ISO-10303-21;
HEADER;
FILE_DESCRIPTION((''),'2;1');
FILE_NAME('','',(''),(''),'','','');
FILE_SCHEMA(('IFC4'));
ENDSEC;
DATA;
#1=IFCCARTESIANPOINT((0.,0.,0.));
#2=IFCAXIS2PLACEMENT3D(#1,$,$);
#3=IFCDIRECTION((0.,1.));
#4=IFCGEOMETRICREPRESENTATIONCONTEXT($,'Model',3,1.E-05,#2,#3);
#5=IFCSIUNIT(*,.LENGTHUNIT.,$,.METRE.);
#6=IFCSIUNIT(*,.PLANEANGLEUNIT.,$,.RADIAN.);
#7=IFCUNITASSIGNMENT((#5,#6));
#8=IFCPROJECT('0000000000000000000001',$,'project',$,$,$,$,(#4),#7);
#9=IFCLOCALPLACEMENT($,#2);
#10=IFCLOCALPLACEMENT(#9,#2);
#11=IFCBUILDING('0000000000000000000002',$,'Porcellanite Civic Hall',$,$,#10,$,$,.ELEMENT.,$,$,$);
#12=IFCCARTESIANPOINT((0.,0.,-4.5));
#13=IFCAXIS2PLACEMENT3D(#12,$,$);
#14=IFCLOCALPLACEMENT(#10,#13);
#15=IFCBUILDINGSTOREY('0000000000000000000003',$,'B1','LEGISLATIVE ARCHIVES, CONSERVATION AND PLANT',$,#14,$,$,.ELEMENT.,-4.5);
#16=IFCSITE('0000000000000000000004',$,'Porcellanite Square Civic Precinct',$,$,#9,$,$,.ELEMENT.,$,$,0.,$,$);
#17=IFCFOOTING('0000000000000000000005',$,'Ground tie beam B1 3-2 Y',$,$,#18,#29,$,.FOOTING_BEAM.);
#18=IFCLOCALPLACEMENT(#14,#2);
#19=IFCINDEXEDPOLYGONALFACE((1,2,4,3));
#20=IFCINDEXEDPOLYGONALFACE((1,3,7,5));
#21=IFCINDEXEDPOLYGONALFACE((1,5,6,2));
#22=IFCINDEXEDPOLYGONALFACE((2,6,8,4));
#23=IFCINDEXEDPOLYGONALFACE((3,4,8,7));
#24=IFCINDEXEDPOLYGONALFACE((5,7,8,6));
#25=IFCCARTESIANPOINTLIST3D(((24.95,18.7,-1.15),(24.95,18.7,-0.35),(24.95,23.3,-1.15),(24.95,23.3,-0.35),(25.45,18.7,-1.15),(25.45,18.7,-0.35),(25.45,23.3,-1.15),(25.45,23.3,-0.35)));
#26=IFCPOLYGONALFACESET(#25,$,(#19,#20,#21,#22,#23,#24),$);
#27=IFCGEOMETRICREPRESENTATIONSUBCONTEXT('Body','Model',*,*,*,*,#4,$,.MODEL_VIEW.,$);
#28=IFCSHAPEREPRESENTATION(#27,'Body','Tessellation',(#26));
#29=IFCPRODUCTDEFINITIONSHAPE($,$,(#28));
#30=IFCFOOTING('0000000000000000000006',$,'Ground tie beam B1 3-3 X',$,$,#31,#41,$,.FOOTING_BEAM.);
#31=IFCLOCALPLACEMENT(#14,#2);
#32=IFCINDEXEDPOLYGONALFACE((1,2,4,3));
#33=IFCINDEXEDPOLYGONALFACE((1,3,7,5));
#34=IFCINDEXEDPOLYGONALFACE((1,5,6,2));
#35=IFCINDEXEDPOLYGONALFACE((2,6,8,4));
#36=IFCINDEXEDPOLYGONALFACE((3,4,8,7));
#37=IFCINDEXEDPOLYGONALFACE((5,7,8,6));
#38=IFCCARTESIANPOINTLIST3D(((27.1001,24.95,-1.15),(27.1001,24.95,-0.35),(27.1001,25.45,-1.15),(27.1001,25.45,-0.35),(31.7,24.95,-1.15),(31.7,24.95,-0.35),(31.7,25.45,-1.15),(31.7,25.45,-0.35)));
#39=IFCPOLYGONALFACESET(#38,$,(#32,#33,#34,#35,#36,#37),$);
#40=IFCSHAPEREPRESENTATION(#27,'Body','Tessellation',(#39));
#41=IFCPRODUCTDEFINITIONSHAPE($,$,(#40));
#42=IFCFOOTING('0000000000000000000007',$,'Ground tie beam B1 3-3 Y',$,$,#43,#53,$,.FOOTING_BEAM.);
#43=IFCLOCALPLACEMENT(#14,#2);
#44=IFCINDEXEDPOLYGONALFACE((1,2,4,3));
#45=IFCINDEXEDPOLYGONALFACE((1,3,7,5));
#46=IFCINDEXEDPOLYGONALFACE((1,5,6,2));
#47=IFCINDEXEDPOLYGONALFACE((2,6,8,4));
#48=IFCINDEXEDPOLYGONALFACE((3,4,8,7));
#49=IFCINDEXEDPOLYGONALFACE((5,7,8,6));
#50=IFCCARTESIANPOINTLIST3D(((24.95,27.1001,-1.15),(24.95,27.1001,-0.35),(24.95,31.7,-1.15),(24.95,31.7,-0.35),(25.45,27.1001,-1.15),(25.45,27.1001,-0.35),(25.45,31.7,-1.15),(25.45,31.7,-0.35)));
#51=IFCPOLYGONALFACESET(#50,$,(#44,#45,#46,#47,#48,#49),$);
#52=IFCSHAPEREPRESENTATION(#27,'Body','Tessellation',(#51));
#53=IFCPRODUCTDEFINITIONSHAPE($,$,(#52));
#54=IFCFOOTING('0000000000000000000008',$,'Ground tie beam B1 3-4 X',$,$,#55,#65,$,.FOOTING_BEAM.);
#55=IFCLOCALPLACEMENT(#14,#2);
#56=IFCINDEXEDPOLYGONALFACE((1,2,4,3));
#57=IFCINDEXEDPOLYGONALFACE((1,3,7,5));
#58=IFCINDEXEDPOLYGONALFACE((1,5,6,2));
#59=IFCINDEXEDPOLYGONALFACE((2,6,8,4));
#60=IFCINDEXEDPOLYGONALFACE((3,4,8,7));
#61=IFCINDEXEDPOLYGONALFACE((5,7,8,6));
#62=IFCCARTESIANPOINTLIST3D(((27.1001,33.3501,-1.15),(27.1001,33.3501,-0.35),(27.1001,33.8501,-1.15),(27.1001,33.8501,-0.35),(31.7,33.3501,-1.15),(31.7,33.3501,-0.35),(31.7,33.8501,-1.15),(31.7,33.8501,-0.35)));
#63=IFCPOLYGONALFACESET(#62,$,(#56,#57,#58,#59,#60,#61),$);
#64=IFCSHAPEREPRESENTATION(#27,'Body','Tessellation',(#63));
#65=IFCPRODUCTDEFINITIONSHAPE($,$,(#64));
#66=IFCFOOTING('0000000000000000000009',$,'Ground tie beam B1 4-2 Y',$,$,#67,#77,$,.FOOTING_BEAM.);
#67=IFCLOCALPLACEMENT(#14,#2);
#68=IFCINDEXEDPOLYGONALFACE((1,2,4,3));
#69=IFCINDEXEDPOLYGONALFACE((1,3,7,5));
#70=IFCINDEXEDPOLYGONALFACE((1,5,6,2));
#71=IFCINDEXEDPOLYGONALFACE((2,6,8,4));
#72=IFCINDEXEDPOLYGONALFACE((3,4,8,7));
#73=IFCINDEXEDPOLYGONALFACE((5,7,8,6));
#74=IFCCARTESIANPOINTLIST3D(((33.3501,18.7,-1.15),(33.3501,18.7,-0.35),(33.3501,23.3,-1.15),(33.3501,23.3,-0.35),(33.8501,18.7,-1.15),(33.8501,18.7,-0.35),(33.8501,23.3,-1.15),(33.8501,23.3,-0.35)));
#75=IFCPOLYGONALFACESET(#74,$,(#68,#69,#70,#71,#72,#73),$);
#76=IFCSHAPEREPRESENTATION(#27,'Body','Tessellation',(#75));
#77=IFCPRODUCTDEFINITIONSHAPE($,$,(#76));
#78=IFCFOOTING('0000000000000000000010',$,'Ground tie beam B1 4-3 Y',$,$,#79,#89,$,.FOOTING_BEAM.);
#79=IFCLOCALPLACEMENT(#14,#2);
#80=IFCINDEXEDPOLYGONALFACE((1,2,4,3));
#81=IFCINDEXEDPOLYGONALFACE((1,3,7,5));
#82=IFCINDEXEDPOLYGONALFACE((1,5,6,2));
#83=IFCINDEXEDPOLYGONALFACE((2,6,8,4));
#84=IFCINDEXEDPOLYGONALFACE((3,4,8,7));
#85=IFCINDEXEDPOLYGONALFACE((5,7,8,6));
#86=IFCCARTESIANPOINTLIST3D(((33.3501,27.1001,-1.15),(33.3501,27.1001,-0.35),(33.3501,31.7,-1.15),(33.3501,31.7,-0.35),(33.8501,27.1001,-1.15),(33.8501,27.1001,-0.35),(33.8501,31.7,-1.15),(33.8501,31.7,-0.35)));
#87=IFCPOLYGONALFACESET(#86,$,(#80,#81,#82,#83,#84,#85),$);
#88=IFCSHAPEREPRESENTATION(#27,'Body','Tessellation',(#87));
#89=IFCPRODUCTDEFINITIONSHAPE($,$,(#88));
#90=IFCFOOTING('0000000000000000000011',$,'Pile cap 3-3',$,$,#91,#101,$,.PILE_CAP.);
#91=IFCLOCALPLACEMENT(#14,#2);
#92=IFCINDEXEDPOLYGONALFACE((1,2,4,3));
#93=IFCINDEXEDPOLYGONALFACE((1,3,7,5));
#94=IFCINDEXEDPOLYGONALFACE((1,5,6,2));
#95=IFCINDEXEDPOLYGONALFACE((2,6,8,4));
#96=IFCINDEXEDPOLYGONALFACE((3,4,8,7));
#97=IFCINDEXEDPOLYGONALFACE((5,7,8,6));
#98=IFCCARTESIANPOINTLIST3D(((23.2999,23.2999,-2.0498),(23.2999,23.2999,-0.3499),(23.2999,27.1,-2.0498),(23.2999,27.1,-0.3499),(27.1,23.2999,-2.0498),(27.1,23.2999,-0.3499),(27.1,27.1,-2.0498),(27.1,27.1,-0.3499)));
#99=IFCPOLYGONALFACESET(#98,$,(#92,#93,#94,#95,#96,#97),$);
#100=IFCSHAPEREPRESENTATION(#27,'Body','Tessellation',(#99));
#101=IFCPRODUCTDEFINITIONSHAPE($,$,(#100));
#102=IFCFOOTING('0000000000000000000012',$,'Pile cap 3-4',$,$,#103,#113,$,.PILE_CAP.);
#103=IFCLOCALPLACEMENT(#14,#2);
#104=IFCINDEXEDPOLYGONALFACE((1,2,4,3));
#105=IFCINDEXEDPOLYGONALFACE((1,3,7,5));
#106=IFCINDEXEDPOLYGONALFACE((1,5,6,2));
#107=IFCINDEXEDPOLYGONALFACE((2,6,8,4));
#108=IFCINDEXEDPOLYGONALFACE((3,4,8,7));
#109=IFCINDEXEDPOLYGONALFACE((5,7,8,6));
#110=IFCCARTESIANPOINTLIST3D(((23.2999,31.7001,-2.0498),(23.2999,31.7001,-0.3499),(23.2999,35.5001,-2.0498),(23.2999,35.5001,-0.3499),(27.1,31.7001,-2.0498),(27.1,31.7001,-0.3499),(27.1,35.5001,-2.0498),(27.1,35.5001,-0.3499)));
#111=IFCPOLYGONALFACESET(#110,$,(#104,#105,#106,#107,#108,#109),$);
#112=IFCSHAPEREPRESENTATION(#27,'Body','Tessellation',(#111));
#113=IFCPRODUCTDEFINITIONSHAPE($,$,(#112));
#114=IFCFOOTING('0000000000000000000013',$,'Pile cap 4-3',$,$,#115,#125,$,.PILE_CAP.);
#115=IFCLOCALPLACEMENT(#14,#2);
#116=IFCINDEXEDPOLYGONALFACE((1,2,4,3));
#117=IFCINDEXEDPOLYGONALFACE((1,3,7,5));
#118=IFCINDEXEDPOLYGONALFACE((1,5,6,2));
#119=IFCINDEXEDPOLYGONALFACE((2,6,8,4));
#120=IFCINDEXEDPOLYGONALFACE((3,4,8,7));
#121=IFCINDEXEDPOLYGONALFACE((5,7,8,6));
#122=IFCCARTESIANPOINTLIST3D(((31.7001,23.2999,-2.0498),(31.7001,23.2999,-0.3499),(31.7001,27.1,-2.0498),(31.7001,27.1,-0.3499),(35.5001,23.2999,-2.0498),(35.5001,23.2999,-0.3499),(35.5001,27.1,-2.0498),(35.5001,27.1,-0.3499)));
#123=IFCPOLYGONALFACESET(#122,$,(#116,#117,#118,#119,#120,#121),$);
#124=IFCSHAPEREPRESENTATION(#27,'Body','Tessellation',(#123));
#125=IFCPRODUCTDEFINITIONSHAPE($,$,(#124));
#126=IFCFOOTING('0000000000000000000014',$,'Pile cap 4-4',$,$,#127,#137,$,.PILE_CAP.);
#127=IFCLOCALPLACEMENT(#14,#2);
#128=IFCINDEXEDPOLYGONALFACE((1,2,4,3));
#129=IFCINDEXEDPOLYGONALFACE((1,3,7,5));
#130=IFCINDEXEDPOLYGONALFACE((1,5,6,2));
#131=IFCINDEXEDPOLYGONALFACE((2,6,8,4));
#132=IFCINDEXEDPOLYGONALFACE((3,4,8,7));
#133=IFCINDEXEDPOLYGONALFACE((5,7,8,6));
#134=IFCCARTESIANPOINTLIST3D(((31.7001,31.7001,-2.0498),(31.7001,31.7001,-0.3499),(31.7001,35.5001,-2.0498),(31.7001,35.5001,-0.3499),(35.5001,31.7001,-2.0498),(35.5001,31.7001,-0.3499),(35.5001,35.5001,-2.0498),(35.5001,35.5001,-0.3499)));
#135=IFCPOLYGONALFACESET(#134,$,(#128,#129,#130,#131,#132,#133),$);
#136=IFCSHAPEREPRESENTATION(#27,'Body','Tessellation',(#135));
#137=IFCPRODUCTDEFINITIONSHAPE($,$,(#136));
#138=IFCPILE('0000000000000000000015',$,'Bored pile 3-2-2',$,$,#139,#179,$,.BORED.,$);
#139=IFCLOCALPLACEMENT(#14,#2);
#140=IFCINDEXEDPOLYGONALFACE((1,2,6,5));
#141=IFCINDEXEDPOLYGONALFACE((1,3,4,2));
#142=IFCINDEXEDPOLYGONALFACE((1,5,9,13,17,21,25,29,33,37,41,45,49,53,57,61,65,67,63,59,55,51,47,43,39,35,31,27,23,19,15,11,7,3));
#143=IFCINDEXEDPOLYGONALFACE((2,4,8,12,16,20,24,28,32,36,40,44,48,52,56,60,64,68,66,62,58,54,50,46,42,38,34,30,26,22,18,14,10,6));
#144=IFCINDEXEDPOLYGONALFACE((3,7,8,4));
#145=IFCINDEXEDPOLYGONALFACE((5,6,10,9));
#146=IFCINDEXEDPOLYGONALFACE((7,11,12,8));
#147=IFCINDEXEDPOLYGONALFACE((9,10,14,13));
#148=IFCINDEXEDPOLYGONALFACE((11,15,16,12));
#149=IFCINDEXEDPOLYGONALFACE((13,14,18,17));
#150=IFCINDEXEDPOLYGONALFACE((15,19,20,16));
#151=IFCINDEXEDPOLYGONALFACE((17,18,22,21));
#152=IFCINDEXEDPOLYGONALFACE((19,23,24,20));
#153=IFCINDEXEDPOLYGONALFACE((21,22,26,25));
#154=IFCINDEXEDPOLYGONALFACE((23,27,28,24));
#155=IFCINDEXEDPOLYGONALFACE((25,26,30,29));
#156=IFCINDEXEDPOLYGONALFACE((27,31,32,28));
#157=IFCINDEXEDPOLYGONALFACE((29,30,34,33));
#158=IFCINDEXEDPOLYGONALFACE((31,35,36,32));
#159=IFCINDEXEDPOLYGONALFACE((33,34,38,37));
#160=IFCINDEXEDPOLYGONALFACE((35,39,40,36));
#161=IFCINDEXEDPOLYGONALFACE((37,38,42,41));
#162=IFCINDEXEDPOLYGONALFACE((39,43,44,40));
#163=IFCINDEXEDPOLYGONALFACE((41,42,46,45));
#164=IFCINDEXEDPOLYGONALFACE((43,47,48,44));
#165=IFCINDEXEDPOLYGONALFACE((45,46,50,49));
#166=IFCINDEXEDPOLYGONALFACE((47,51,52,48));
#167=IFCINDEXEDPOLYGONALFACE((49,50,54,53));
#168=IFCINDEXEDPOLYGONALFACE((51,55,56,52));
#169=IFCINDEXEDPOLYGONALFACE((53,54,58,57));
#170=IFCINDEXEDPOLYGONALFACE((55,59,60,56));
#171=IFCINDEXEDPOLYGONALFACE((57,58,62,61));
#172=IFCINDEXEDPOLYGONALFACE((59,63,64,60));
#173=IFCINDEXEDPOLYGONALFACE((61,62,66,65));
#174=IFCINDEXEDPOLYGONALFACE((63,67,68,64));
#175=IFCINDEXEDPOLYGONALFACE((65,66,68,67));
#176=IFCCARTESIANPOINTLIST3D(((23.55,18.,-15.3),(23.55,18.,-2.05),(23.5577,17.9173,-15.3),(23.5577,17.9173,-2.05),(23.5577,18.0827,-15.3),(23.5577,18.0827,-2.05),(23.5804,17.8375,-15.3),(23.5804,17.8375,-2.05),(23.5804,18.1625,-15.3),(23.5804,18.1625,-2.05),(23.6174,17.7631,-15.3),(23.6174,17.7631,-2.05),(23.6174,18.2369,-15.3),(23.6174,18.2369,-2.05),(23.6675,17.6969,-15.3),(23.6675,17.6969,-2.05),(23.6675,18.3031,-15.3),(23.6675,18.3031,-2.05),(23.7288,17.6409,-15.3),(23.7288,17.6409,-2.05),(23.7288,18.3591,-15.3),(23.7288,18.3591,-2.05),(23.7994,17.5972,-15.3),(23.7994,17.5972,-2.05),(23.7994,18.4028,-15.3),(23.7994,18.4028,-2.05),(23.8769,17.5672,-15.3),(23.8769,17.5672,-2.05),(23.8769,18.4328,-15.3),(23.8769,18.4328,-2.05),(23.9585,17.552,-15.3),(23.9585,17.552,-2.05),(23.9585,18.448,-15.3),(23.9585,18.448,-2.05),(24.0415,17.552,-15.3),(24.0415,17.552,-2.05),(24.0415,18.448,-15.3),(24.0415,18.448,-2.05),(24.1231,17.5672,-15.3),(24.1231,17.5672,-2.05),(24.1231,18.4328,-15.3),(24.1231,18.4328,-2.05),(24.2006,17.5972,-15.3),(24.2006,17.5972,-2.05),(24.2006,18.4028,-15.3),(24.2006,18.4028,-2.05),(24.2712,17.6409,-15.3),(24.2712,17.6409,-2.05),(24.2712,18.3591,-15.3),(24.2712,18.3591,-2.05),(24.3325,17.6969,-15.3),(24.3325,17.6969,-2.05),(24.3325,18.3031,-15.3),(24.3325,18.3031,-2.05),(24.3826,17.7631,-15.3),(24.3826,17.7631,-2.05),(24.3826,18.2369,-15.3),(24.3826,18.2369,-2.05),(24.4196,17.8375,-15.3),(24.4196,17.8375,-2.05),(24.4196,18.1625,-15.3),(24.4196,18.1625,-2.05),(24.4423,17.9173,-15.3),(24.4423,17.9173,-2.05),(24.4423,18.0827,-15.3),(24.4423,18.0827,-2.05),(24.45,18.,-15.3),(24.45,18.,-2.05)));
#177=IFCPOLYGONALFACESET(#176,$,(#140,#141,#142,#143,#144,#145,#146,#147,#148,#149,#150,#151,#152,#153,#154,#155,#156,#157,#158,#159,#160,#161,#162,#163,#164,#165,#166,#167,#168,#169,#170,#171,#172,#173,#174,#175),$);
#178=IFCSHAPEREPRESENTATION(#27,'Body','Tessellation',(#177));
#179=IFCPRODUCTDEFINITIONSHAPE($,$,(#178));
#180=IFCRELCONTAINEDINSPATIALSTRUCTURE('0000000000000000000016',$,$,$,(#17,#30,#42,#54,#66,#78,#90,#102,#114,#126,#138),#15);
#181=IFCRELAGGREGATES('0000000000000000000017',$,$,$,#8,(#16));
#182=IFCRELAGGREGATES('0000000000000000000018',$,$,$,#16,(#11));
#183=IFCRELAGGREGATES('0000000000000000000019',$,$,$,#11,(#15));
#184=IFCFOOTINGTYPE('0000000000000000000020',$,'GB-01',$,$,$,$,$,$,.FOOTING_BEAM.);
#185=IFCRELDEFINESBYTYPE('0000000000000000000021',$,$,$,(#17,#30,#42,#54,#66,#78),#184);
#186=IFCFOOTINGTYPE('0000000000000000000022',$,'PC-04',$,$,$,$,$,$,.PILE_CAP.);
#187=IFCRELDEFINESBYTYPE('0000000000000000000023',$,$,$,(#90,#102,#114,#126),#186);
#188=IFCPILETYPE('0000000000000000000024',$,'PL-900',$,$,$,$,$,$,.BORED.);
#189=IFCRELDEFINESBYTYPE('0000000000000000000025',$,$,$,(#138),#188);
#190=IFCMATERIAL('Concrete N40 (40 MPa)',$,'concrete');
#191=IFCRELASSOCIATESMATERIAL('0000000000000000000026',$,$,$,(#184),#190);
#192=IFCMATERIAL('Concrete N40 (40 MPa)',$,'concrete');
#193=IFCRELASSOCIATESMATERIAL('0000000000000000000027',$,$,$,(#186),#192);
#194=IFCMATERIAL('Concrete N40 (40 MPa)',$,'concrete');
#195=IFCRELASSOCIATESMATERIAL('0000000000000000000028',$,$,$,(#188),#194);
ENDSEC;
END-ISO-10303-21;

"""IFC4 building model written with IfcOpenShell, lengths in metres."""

from ifc_helpers import new_model, si_unit, direction, frame, origin, origin_2d, place, context, subcontext, project, spatial, rectangle, circle, extrude, material, material_profile, profile_set, type_object, element, save


model = new_model("IFC4")

# Units and contexts
model_context = context("Model", 3, precision=1e-05, world=origin(), true_north=direction((0.0, 1.0)))
body_context = subcontext(model_context, "Body", "Model", "MODEL_VIEW")
ifc_project = project(units=[si_unit("LENGTHUNIT", "METRE"), si_unit("PLANEANGLEUNIT", "RADIAN")], contexts=[model_context])

# Site, building, storey
site_placement = place(None, origin())
site = spatial("IfcSite", under=ifc_project, at=site_placement, Name="Porcellanite Square Civic Precinct", CompositionType="ELEMENT", RefElevation=0.0)
building_placement = place(site_placement, origin())
building = spatial("IfcBuilding", under=site, at=building_placement, Name="Porcellanite Civic Hall", CompositionType="ELEMENT")
storey_placement = place(building_placement, frame((0.0, 0.0, -4.5)))
storey = spatial("IfcBuildingStorey", under=building, at=storey_placement, Name="B1", Description="LEGISLATIVE ARCHIVES, CONSERVATION AND PLANT", CompositionType="ELEMENT", Elevation=-4.5)

# Footings
ifc_material_1 = material(Name="Concrete N40 (40 MPa)", Category="concrete")
ifc_material_profile_1 = material_profile(ifc_material_1, rectangle(XDim=0.5, YDim=0.8, at=origin_2d()), Name="RC-500x800")
ifc_profile_set_1 = profile_set([ifc_material_profile_1], Name="Concrete N40 (40 MPa)")
footing_type_1 = type_object("IfcFootingType", Name="GB-01", PredefinedType="FOOTING_BEAM", material=ifc_profile_set_1)
footing_1_placement = place(storey_placement, frame((25.2, 18.7, -0.75), z_axis=(0.0, 1.0, 0.0), x_axis=(-1.0, 0.0, 0.0)))
element("IfcFooting", 1, at=footing_1_placement, inside=storey, type_object=footing_type_1, Name="Ground tie beam B1 3-2 Y", PredefinedType="FOOTING_BEAM", context=body_context, shape_type="SweptSolid", body=[
    extrude(rectangle(XDim=0.5, YDim=0.8, at=origin_2d()), origin(), (0.0, 0.0, 1.0), 4.6001),
])
for number, where, z_axis, x_axis, name in (
    (2, (27.1001, 25.2, -0.75), (1.0, 0.0, 0.0), (0.0, 1.0, 0.0), "Ground tie beam B1 3-3 X"),
    (3, (25.2, 27.1001, -0.75), (0.0, 1.0, 0.0), (-1.0, 0.0, 0.0), "Ground tie beam B1 3-3 Y"),
    (4, (27.1001, 33.6001, -0.75), (1.0, 0.0, 0.0), (0.0, 1.0, 0.0), "Ground tie beam B1 3-4 X"),
):
    element("IfcFooting", number, at=place(storey_placement, frame(where, z_axis=z_axis, x_axis=x_axis)), inside=storey, type_object=footing_type_1, Name=name, PredefinedType="FOOTING_BEAM", context=body_context, shape_type="SweptSolid", body=[
        extrude(rectangle(XDim=0.5, YDim=0.8, at=origin_2d()), origin(), (0.0, 0.0, 1.0), 4.5999),
    ])
footing_2_placement = place(storey_placement, frame((33.6001, 18.7, -0.75), z_axis=(0.0, 1.0, 0.0), x_axis=(-1.0, 0.0, 0.0)))
element("IfcFooting", 5, at=footing_2_placement, inside=storey, type_object=footing_type_1, Name="Ground tie beam B1 4-2 Y", PredefinedType="FOOTING_BEAM", context=body_context, shape_type="SweptSolid", body=[
    extrude(rectangle(XDim=0.5, YDim=0.8, at=origin_2d()), origin(), (0.0, 0.0, 1.0), 4.6001),
])
footing_3_placement = place(storey_placement, frame((33.6001, 27.1001, -0.75), z_axis=(0.0, 1.0, 0.0), x_axis=(-1.0, 0.0, 0.0)))
element("IfcFooting", 6, at=footing_3_placement, inside=storey, type_object=footing_type_1, Name="Ground tie beam B1 4-3 Y", PredefinedType="FOOTING_BEAM", context=body_context, shape_type="SweptSolid", body=[
    extrude(rectangle(XDim=0.5, YDim=0.8, at=origin_2d()), origin(), (0.0, 0.0, 1.0), 4.5999),
])
ifc_material_2 = material(Name="Concrete N40 (40 MPa)", Category="concrete")
footing_type_2 = type_object("IfcFootingType", Name="PC-04", PredefinedType="PILE_CAP", material=ifc_material_2)
for number, where, z_axis, x_axis, name in (
    (7, (25.2, 25.2, -2.0498), (0.0, 0.0, 1.0), (1.0, 0.0, 0.0), "Pile cap 3-3"),
    (8, (25.2, 33.6001, -2.0498), (0.0, 0.0, 1.0), (1.0, 0.0, 0.0), "Pile cap 3-4"),
    (9, (33.6001, 25.2, -2.0498), (0.0, 0.0, 1.0), (1.0, 0.0, 0.0), "Pile cap 4-3"),
    (10, (33.6001, 33.6001, -2.0498), (0.0, 0.0, 1.0), (1.0, 0.0, 0.0), "Pile cap 4-4"),
):
    element("IfcFooting", number, at=place(storey_placement, frame(where, z_axis=z_axis, x_axis=x_axis)), inside=storey, type_object=footing_type_2, Name=name, PredefinedType="PILE_CAP", context=body_context, shape_type="SweptSolid", body=[
        extrude(rectangle(XDim=3.8, YDim=3.8, at=origin_2d()), origin(), (0.0, 0.0, 1.0), 1.7),
    ])

# Pile
ifc_material_3 = material(Name="Concrete N40 (40 MPa)", Category="concrete")
ifc_material_profile_2 = material_profile(ifc_material_3, circle(Radius=0.45, at=origin_2d()), Name="PILE-D900")
ifc_profile_set_2 = profile_set([ifc_material_profile_2], Name="Concrete N40 (40 MPa)")
pile_type = type_object("IfcPileType", Name="PL-900", PredefinedType="BORED", material=ifc_profile_set_2)
for number, where, z_axis, x_axis, name in (
    (11, (24.0, 18.0, -2.05), (0.0, 0.0, -1.0), (1.0, 0.0, 0.0), "Bored pile 3-2-2"),
):
    element("IfcPile", number, at=place(storey_placement, frame(where, z_axis=z_axis, x_axis=x_axis)), inside=storey, type_object=pile_type, Name=name, PredefinedType="BORED", context=body_context, shape_type="SweptSolid", body=[
        extrude(circle(Radius=0.45, at=origin_2d()), origin(), (0.0, 0.0, 1.0), 13.25),
    ])

save(model, "model.ifc")
